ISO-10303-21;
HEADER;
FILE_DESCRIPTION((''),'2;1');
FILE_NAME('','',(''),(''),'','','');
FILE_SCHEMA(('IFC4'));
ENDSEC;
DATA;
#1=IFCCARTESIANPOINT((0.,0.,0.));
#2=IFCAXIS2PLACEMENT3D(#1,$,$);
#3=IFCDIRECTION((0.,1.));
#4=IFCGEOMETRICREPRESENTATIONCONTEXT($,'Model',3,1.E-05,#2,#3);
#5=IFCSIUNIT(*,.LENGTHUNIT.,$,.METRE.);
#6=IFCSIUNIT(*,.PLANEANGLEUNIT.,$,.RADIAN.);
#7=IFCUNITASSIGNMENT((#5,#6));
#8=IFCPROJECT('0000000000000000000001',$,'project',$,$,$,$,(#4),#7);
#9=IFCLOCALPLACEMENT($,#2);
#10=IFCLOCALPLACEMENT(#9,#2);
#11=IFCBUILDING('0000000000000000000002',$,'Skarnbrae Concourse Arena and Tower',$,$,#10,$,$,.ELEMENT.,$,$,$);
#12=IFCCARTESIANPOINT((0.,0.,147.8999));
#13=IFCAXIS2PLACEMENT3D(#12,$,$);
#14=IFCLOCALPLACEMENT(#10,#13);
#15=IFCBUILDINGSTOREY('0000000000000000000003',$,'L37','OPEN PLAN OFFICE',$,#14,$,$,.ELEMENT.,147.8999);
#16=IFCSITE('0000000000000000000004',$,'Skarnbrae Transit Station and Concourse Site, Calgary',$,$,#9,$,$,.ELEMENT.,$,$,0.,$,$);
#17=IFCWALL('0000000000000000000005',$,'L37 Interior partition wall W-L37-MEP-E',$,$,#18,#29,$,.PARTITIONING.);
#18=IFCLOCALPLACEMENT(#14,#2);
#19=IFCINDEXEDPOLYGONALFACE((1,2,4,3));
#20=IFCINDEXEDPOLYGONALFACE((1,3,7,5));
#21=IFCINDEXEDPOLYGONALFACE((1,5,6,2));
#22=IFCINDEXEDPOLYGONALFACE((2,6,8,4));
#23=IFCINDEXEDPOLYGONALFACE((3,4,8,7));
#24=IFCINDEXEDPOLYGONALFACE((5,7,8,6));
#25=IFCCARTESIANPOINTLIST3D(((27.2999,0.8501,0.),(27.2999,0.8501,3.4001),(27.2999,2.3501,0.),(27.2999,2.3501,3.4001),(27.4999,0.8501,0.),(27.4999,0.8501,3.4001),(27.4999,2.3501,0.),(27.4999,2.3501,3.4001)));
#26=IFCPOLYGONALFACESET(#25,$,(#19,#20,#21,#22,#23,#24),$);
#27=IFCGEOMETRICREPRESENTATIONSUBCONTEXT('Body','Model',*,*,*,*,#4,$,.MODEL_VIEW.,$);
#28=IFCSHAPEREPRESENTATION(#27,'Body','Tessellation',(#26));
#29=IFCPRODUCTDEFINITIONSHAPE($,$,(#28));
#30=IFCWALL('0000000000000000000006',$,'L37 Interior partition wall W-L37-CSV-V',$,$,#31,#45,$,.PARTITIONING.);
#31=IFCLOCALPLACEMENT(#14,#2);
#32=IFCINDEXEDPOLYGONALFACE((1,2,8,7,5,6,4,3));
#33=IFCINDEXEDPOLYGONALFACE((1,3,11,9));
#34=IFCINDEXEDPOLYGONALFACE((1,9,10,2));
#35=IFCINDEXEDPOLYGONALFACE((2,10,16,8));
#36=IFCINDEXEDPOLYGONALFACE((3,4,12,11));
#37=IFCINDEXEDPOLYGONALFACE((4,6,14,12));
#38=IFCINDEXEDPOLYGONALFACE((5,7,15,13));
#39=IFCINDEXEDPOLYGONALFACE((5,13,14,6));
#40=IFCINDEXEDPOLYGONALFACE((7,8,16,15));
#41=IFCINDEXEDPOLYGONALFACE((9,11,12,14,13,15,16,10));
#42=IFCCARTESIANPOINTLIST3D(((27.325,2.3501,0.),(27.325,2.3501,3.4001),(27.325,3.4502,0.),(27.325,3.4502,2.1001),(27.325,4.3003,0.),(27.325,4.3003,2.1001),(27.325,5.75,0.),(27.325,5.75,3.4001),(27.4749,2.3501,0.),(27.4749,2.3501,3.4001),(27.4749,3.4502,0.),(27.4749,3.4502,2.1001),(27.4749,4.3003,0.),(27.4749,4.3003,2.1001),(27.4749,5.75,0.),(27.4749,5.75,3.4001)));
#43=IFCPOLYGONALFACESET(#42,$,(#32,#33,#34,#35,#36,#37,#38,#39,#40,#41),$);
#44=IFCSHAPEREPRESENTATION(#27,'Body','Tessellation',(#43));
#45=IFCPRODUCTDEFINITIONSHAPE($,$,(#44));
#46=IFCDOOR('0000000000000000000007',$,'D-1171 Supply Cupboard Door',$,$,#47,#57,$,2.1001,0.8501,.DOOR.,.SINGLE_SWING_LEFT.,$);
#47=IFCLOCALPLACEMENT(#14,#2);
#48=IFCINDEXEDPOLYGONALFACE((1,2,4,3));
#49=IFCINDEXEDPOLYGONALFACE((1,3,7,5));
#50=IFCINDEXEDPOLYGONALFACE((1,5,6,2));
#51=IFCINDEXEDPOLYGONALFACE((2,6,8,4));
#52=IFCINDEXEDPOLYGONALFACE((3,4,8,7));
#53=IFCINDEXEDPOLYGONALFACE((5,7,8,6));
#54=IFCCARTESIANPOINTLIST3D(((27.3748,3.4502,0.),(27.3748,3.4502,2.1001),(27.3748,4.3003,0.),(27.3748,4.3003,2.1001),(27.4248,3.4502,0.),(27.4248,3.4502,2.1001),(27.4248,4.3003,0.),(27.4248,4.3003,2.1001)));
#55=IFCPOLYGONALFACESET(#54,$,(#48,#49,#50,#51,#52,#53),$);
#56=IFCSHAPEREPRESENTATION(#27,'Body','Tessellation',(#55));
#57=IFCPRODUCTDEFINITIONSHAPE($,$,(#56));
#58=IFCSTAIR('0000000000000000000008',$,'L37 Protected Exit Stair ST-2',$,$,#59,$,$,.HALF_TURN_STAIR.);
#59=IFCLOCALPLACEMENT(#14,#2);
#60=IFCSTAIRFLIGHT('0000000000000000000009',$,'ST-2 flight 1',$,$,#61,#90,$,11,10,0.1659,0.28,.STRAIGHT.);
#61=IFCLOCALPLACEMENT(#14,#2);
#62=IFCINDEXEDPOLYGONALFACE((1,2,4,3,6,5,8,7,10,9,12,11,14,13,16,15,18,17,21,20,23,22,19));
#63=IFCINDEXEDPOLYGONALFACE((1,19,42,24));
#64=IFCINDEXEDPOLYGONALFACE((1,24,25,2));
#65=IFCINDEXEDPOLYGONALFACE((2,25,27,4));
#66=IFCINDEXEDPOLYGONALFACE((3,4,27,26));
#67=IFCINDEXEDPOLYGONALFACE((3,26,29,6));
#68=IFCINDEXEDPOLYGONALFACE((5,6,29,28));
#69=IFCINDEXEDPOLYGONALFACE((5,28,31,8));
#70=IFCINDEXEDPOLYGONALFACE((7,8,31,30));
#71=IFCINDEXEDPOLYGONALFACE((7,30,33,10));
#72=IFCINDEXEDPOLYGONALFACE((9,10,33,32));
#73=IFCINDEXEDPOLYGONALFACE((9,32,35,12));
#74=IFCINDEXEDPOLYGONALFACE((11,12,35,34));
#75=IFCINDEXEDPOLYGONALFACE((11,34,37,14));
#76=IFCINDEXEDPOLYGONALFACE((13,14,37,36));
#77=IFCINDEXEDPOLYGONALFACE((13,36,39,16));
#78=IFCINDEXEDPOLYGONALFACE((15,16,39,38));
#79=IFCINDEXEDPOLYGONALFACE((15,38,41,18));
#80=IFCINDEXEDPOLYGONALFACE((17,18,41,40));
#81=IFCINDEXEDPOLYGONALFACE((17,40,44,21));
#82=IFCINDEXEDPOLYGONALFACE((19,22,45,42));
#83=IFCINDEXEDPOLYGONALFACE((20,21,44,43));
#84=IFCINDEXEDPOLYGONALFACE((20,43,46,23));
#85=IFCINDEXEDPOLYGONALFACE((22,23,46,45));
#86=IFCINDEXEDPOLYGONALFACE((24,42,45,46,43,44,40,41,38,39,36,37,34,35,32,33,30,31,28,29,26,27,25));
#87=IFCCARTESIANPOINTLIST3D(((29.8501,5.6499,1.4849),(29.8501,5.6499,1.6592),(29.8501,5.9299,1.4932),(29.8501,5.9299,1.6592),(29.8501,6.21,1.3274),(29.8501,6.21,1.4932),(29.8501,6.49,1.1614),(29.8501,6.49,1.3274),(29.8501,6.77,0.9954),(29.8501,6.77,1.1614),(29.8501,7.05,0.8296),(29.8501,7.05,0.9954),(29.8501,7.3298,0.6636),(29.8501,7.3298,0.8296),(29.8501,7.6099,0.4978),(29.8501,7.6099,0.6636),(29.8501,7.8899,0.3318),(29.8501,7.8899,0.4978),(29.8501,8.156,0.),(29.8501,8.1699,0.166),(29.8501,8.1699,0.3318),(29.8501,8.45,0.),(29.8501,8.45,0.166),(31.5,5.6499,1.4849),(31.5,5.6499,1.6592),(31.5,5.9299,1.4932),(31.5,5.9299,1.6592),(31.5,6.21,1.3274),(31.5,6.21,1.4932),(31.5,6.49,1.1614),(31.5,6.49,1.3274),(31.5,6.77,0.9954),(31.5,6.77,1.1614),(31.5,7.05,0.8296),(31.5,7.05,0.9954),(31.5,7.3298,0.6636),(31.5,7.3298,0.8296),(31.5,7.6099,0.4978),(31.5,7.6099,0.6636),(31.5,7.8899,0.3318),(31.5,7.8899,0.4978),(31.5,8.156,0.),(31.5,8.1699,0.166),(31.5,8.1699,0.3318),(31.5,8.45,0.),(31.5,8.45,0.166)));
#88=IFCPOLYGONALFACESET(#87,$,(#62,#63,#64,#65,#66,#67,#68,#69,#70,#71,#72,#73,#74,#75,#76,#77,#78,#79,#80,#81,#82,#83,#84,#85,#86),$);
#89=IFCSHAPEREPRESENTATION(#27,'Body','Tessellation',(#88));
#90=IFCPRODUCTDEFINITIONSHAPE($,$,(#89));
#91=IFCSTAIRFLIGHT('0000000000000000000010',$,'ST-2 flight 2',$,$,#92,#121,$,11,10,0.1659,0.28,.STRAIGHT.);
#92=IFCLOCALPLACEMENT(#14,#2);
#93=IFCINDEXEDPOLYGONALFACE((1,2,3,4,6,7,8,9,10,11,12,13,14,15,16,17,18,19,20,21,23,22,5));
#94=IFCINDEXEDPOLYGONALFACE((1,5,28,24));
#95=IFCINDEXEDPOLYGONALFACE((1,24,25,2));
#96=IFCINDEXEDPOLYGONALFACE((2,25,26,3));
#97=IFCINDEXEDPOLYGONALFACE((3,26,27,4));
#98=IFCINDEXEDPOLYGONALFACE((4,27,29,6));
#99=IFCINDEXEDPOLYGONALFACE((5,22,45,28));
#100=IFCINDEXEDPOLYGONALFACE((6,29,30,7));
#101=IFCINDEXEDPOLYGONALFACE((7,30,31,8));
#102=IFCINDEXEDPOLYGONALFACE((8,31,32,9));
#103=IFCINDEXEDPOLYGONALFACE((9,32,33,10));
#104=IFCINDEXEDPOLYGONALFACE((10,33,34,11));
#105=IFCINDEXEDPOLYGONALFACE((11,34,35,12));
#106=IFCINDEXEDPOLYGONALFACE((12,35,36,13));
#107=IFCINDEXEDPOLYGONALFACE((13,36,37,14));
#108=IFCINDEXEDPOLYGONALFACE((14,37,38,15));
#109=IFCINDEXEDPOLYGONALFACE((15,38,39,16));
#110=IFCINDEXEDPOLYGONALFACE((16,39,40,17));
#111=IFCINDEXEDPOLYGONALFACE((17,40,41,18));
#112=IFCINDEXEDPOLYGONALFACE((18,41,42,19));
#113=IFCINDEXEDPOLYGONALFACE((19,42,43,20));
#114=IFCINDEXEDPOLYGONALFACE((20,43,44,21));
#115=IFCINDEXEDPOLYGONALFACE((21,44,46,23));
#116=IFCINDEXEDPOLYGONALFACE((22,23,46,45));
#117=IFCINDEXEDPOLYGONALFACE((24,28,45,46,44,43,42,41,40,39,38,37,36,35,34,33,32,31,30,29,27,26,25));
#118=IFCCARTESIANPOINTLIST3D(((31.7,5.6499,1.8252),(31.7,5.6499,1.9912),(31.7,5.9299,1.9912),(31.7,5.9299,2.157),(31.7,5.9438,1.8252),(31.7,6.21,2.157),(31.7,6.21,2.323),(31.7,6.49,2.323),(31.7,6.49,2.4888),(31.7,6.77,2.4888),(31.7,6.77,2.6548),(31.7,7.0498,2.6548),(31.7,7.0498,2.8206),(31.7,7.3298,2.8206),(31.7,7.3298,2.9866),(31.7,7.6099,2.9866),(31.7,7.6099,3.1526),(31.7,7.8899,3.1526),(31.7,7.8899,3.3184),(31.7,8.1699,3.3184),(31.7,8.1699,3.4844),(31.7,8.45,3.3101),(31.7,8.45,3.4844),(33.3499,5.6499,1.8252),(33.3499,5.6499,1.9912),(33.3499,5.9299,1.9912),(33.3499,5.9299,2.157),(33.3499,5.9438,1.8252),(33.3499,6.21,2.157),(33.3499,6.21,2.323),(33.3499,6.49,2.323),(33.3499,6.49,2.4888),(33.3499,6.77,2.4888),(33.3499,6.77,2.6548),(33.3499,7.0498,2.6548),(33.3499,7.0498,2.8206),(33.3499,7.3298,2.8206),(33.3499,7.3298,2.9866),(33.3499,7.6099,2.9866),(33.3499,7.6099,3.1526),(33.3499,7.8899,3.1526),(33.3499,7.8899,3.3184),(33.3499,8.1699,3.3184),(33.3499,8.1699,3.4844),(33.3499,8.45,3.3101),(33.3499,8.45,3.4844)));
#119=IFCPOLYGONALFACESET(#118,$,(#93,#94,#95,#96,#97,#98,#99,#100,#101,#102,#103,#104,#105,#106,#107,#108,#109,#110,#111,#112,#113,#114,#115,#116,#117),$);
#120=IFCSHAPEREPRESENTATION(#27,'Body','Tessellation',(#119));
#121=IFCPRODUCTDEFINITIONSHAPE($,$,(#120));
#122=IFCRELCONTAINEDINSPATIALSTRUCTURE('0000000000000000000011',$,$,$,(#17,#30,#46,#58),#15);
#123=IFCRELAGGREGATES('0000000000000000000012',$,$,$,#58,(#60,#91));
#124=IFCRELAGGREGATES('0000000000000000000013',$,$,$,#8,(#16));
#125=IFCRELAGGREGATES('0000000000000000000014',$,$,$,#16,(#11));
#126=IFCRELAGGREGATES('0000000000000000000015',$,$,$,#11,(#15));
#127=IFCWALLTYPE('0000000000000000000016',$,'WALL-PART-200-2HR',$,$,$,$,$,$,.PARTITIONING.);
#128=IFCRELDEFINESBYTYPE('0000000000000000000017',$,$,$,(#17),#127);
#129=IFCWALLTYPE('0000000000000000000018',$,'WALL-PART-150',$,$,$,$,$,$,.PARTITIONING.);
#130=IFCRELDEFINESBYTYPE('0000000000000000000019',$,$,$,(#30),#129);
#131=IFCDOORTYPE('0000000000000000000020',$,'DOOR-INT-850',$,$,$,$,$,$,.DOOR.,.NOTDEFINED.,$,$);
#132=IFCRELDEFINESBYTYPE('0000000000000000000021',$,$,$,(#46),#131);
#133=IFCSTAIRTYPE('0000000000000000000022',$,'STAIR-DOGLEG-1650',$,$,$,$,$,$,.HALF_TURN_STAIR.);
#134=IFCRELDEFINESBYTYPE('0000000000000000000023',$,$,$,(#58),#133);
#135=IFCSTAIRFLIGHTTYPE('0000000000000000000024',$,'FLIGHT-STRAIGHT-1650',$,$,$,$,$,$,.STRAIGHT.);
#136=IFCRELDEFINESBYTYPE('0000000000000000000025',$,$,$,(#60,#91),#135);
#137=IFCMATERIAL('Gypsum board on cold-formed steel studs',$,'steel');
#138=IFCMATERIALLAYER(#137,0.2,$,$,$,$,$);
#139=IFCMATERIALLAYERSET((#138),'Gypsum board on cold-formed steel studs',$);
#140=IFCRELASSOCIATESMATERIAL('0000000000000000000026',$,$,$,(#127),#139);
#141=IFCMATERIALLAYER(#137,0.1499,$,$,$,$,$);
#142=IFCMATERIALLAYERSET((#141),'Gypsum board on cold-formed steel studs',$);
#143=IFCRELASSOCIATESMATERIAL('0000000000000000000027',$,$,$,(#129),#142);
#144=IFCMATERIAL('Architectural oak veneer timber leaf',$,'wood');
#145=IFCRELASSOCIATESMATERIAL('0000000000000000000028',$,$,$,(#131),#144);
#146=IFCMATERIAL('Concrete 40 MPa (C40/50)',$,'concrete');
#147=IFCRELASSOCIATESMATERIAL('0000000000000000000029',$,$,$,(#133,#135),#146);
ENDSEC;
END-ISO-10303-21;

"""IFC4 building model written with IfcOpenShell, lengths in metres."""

from ifc_helpers import new_model, si_unit, direction, frame, frame_2d, origin, place, context, subcontext, project, spatial, polyline, rectangle, outline, extrude, source, transform, mapped, material, layer, layer_set, type_object, element, fill, aggregate, save


model = new_model("IFC4")

# Units and contexts
model_context = context("Model", 3, precision=1e-05, world=origin(), true_north=direction((0.0, 1.0)))
body_context = subcontext(model_context, "Body", "Model", "MODEL_VIEW")
ifc_project = project(units=[si_unit("LENGTHUNIT", "METRE"), si_unit("PLANEANGLEUNIT", "RADIAN")], contexts=[model_context])

# Site, building, storey
site_placement = place(None, origin())
site = spatial("IfcSite", under=ifc_project, at=site_placement, Name="Skarnbrae Transit Station and Concourse Site, Calgary", CompositionType="ELEMENT", RefElevation=0.0)
building_placement = place(site_placement, origin())
building = spatial("IfcBuilding", under=site, at=building_placement, Name="Skarnbrae Concourse Arena and Tower", CompositionType="ELEMENT")
storey_placement = place(building_placement, frame((0.0, 0.0, 147.8999)))
storey = spatial("IfcBuildingStorey", under=building, at=storey_placement, Name="L37", Description="OPEN PLAN OFFICE", CompositionType="ELEMENT", Elevation=147.8999)

# Shared definitions
ifc_material_1 = material(Name="Gypsum board on cold-formed steel studs", Category="steel")
ifc_layer_1 = layer(ifc_material_1, 0.2)
ifc_layer_set_1 = layer_set([ifc_layer_1], Name="Gypsum board on cold-formed steel studs")
wall_type_1 = type_object("IfcWallType", Name="WALL-PART-200-2HR", PredefinedType="PARTITIONING", material=ifc_layer_set_1)
ifc_layer_2 = layer(ifc_material_1, 0.1499)
ifc_layer_set_2 = layer_set([ifc_layer_2], Name="Gypsum board on cold-formed steel studs")
wall_type_2 = type_object("IfcWallType", Name="WALL-PART-150", PredefinedType="PARTITIONING", material=ifc_layer_set_2)

# Wall
shared_shape_1 = source(origin(), body_context, "Body", "SweptSolid", [
    extrude(rectangle(XDim=1.5, YDim=0.2, at=frame_2d((0.75, 0.0))), origin(), (0.0, 0.0, 1.0), 3.4001),
])
wall_1_placement = place(storey_placement, frame((27.3999, 0.8501, 0.0), z_axis=(0.0, 0.0, 1.0), x_axis=(0.0, 1.0, 0.0)))
element("IfcWall", 1, at=wall_1_placement, inside=storey, type_object=wall_type_1, Name="L37 Interior partition wall W-L37-MEP-E", PredefinedType="PARTITIONING", context=body_context, shape_type="MappedRepresentation", body=[
    mapped(shared_shape_1, transform((0.0, 0.0, 0.0))),
])

# Wall, opening, door
shared_shape_2 = source(origin(), body_context, "Body", "SweptSolid", [
    extrude(rectangle(XDim=3.3999, YDim=0.1499, at=frame_2d((1.7, 0.0))), origin(), (0.0, 0.0, 1.0), 3.4001),
])
wall_2_placement = place(storey_placement, frame((27.3999, 2.3501, 0.0), z_axis=(0.0, 0.0, 1.0), x_axis=(0.0, 1.0, 0.0)))
wall_2 = element("IfcWall", 2, at=wall_2_placement, inside=storey, type_object=wall_type_2, Name="L37 Interior partition wall W-L37-CSV-V", PredefinedType="PARTITIONING", context=body_context, shape_type="MappedRepresentation", body=[
    mapped(shared_shape_2, transform((0.0, 0.0, 0.0))),
])
opening_1_placement = place(wall_2_placement, frame((1.1001, 0.0, 0.0)))
opening_1 = element("IfcOpeningElement", 3, at=opening_1_placement, cuts=wall_2, PredefinedType="OPENING", context=body_context, shape_type="SweptSolid", body=[
    extrude(rectangle(XDim=0.8501, YDim=2.1001, at=frame_2d((0.425, 1.05))), frame((0.0, 0.085, 0.0), z_axis=(0.0, -1.0, 0.0), x_axis=(1.0, 0.0, 0.0)), (0.0, 0.0, 1.0), 0.1699),
])
ifc_material_2 = material(Name="Architectural oak veneer timber leaf", Category="wood")
door_type_1 = type_object("IfcDoorType", Name="DOOR-INT-850", OperationType="NOTDEFINED", PredefinedType="DOOR", material=ifc_material_2)
shared_shape_3 = source(origin(), body_context, "Body", "SweptSolid", [
    extrude(rectangle(XDim=0.8501, YDim=2.1001, at=frame_2d((0.425, 1.05))), frame((0.0, 0.0249, 0.0), z_axis=(0.0, -1.0, 0.0), x_axis=(1.0, 0.0, 0.0)), (0.0, 0.0, 1.0), 0.05),
])
door_1_placement = place(opening_1_placement, frame((0.8501, 0.0, 0.0), z_axis=(0.0, 0.0, 1.0), x_axis=(-1.0, 0.0, 0.0)))
door_1 = element("IfcDoor", 4, at=door_1_placement, inside=storey, type_object=door_type_1, Name="D-1171 Supply Cupboard Door", OperationType="SINGLE_SWING_LEFT", OverallHeight=2.1001, OverallWidth=0.8501, PredefinedType="DOOR", context=body_context, shape_type="MappedRepresentation", body=[
    mapped(shared_shape_3, transform((0.0, 0.0, 0.0))),
])
fill(opening_1, door_1)

# Stair, stair flights
ifc_material_3 = material(Name="Concrete 40 MPa (C40/50)", Category="concrete")
stair_type = type_object("IfcStairType", Name="STAIR-DOGLEG-1650", PredefinedType="HALF_TURN_STAIR", material=ifc_material_3)
stair_placement = place(storey_placement, origin())
stair = element("IfcStair", 5, at=stair_placement, inside=storey, type_object=stair_type, Name="L37 Protected Exit Stair ST-2", PredefinedType="HALF_TURN_STAIR")
stair_flight_type = type_object("IfcStairFlightType", Name="FLIGHT-STRAIGHT-1650", PredefinedType="STRAIGHT", material=ifc_material_3)
shared_shape_4 = source(origin(), body_context, "Body", "SweptSolid", [
    extrude(outline(polyline([(0.0, 0.0), (0.0, 0.166), (0.28, 0.166), (0.28, 0.3318), (0.5601, 0.3318), (0.5601, 0.4978), (0.8401, 0.4978), (0.8401, 0.6636), (1.1201, 0.6636), (1.1201, 0.8296), (1.3999, 0.8296), (1.3999, 0.9954), (1.6799, 0.9954), (1.6799, 1.1614), (1.96, 1.1614), (1.96, 1.3274), (2.24, 1.3274), (2.24, 1.4932), (2.52, 1.4932), (2.52, 1.6592), (2.8, 1.6592), (2.8, 1.825), (2.8, 1.4849), (0.2939, 0.0), (0.0, 0.0)])), frame((0.0, 0.825, 0.0), z_axis=(0.0, -1.0, 0.0), x_axis=(1.0, 0.0, 0.0)), (0.0, 0.0, 1.0), 1.6499),
])
stair_flight_1_placement = place(storey_placement, frame((30.675, 8.45, 0.0), z_axis=(0.0, 0.0, 1.0), x_axis=(0.0, -1.0, 0.0)))
stair_flight_1 = element("IfcStairFlight", 6, at=stair_flight_1_placement, type_object=stair_flight_type, Name="ST-2 flight 1", NumberOfRisers=11, NumberOfTreads=10, PredefinedType="STRAIGHT", RiserHeight=0.1659, TreadLength=0.28, context=body_context, shape_type="MappedRepresentation", body=[
    mapped(shared_shape_4, transform((0.0, 0.0, 0.0))),
])
stair_flight_2_placement = place(storey_placement, frame((32.5249, 5.6499, 1.8252), z_axis=(0.0, 0.0, 1.0), x_axis=(0.0, 1.0, 0.0)))
stair_flight_2 = element("IfcStairFlight", 7, at=stair_flight_2_placement, type_object=stair_flight_type, Name="ST-2 flight 2", NumberOfRisers=11, NumberOfTreads=10, PredefinedType="STRAIGHT", RiserHeight=0.1659, TreadLength=0.28, context=body_context, shape_type="MappedRepresentation", body=[
    mapped(shared_shape_4, transform((0.0, 0.0, 0.0))),
])
aggregate(stair, [stair_flight_1, stair_flight_2])

save(model, "model.ifc")
